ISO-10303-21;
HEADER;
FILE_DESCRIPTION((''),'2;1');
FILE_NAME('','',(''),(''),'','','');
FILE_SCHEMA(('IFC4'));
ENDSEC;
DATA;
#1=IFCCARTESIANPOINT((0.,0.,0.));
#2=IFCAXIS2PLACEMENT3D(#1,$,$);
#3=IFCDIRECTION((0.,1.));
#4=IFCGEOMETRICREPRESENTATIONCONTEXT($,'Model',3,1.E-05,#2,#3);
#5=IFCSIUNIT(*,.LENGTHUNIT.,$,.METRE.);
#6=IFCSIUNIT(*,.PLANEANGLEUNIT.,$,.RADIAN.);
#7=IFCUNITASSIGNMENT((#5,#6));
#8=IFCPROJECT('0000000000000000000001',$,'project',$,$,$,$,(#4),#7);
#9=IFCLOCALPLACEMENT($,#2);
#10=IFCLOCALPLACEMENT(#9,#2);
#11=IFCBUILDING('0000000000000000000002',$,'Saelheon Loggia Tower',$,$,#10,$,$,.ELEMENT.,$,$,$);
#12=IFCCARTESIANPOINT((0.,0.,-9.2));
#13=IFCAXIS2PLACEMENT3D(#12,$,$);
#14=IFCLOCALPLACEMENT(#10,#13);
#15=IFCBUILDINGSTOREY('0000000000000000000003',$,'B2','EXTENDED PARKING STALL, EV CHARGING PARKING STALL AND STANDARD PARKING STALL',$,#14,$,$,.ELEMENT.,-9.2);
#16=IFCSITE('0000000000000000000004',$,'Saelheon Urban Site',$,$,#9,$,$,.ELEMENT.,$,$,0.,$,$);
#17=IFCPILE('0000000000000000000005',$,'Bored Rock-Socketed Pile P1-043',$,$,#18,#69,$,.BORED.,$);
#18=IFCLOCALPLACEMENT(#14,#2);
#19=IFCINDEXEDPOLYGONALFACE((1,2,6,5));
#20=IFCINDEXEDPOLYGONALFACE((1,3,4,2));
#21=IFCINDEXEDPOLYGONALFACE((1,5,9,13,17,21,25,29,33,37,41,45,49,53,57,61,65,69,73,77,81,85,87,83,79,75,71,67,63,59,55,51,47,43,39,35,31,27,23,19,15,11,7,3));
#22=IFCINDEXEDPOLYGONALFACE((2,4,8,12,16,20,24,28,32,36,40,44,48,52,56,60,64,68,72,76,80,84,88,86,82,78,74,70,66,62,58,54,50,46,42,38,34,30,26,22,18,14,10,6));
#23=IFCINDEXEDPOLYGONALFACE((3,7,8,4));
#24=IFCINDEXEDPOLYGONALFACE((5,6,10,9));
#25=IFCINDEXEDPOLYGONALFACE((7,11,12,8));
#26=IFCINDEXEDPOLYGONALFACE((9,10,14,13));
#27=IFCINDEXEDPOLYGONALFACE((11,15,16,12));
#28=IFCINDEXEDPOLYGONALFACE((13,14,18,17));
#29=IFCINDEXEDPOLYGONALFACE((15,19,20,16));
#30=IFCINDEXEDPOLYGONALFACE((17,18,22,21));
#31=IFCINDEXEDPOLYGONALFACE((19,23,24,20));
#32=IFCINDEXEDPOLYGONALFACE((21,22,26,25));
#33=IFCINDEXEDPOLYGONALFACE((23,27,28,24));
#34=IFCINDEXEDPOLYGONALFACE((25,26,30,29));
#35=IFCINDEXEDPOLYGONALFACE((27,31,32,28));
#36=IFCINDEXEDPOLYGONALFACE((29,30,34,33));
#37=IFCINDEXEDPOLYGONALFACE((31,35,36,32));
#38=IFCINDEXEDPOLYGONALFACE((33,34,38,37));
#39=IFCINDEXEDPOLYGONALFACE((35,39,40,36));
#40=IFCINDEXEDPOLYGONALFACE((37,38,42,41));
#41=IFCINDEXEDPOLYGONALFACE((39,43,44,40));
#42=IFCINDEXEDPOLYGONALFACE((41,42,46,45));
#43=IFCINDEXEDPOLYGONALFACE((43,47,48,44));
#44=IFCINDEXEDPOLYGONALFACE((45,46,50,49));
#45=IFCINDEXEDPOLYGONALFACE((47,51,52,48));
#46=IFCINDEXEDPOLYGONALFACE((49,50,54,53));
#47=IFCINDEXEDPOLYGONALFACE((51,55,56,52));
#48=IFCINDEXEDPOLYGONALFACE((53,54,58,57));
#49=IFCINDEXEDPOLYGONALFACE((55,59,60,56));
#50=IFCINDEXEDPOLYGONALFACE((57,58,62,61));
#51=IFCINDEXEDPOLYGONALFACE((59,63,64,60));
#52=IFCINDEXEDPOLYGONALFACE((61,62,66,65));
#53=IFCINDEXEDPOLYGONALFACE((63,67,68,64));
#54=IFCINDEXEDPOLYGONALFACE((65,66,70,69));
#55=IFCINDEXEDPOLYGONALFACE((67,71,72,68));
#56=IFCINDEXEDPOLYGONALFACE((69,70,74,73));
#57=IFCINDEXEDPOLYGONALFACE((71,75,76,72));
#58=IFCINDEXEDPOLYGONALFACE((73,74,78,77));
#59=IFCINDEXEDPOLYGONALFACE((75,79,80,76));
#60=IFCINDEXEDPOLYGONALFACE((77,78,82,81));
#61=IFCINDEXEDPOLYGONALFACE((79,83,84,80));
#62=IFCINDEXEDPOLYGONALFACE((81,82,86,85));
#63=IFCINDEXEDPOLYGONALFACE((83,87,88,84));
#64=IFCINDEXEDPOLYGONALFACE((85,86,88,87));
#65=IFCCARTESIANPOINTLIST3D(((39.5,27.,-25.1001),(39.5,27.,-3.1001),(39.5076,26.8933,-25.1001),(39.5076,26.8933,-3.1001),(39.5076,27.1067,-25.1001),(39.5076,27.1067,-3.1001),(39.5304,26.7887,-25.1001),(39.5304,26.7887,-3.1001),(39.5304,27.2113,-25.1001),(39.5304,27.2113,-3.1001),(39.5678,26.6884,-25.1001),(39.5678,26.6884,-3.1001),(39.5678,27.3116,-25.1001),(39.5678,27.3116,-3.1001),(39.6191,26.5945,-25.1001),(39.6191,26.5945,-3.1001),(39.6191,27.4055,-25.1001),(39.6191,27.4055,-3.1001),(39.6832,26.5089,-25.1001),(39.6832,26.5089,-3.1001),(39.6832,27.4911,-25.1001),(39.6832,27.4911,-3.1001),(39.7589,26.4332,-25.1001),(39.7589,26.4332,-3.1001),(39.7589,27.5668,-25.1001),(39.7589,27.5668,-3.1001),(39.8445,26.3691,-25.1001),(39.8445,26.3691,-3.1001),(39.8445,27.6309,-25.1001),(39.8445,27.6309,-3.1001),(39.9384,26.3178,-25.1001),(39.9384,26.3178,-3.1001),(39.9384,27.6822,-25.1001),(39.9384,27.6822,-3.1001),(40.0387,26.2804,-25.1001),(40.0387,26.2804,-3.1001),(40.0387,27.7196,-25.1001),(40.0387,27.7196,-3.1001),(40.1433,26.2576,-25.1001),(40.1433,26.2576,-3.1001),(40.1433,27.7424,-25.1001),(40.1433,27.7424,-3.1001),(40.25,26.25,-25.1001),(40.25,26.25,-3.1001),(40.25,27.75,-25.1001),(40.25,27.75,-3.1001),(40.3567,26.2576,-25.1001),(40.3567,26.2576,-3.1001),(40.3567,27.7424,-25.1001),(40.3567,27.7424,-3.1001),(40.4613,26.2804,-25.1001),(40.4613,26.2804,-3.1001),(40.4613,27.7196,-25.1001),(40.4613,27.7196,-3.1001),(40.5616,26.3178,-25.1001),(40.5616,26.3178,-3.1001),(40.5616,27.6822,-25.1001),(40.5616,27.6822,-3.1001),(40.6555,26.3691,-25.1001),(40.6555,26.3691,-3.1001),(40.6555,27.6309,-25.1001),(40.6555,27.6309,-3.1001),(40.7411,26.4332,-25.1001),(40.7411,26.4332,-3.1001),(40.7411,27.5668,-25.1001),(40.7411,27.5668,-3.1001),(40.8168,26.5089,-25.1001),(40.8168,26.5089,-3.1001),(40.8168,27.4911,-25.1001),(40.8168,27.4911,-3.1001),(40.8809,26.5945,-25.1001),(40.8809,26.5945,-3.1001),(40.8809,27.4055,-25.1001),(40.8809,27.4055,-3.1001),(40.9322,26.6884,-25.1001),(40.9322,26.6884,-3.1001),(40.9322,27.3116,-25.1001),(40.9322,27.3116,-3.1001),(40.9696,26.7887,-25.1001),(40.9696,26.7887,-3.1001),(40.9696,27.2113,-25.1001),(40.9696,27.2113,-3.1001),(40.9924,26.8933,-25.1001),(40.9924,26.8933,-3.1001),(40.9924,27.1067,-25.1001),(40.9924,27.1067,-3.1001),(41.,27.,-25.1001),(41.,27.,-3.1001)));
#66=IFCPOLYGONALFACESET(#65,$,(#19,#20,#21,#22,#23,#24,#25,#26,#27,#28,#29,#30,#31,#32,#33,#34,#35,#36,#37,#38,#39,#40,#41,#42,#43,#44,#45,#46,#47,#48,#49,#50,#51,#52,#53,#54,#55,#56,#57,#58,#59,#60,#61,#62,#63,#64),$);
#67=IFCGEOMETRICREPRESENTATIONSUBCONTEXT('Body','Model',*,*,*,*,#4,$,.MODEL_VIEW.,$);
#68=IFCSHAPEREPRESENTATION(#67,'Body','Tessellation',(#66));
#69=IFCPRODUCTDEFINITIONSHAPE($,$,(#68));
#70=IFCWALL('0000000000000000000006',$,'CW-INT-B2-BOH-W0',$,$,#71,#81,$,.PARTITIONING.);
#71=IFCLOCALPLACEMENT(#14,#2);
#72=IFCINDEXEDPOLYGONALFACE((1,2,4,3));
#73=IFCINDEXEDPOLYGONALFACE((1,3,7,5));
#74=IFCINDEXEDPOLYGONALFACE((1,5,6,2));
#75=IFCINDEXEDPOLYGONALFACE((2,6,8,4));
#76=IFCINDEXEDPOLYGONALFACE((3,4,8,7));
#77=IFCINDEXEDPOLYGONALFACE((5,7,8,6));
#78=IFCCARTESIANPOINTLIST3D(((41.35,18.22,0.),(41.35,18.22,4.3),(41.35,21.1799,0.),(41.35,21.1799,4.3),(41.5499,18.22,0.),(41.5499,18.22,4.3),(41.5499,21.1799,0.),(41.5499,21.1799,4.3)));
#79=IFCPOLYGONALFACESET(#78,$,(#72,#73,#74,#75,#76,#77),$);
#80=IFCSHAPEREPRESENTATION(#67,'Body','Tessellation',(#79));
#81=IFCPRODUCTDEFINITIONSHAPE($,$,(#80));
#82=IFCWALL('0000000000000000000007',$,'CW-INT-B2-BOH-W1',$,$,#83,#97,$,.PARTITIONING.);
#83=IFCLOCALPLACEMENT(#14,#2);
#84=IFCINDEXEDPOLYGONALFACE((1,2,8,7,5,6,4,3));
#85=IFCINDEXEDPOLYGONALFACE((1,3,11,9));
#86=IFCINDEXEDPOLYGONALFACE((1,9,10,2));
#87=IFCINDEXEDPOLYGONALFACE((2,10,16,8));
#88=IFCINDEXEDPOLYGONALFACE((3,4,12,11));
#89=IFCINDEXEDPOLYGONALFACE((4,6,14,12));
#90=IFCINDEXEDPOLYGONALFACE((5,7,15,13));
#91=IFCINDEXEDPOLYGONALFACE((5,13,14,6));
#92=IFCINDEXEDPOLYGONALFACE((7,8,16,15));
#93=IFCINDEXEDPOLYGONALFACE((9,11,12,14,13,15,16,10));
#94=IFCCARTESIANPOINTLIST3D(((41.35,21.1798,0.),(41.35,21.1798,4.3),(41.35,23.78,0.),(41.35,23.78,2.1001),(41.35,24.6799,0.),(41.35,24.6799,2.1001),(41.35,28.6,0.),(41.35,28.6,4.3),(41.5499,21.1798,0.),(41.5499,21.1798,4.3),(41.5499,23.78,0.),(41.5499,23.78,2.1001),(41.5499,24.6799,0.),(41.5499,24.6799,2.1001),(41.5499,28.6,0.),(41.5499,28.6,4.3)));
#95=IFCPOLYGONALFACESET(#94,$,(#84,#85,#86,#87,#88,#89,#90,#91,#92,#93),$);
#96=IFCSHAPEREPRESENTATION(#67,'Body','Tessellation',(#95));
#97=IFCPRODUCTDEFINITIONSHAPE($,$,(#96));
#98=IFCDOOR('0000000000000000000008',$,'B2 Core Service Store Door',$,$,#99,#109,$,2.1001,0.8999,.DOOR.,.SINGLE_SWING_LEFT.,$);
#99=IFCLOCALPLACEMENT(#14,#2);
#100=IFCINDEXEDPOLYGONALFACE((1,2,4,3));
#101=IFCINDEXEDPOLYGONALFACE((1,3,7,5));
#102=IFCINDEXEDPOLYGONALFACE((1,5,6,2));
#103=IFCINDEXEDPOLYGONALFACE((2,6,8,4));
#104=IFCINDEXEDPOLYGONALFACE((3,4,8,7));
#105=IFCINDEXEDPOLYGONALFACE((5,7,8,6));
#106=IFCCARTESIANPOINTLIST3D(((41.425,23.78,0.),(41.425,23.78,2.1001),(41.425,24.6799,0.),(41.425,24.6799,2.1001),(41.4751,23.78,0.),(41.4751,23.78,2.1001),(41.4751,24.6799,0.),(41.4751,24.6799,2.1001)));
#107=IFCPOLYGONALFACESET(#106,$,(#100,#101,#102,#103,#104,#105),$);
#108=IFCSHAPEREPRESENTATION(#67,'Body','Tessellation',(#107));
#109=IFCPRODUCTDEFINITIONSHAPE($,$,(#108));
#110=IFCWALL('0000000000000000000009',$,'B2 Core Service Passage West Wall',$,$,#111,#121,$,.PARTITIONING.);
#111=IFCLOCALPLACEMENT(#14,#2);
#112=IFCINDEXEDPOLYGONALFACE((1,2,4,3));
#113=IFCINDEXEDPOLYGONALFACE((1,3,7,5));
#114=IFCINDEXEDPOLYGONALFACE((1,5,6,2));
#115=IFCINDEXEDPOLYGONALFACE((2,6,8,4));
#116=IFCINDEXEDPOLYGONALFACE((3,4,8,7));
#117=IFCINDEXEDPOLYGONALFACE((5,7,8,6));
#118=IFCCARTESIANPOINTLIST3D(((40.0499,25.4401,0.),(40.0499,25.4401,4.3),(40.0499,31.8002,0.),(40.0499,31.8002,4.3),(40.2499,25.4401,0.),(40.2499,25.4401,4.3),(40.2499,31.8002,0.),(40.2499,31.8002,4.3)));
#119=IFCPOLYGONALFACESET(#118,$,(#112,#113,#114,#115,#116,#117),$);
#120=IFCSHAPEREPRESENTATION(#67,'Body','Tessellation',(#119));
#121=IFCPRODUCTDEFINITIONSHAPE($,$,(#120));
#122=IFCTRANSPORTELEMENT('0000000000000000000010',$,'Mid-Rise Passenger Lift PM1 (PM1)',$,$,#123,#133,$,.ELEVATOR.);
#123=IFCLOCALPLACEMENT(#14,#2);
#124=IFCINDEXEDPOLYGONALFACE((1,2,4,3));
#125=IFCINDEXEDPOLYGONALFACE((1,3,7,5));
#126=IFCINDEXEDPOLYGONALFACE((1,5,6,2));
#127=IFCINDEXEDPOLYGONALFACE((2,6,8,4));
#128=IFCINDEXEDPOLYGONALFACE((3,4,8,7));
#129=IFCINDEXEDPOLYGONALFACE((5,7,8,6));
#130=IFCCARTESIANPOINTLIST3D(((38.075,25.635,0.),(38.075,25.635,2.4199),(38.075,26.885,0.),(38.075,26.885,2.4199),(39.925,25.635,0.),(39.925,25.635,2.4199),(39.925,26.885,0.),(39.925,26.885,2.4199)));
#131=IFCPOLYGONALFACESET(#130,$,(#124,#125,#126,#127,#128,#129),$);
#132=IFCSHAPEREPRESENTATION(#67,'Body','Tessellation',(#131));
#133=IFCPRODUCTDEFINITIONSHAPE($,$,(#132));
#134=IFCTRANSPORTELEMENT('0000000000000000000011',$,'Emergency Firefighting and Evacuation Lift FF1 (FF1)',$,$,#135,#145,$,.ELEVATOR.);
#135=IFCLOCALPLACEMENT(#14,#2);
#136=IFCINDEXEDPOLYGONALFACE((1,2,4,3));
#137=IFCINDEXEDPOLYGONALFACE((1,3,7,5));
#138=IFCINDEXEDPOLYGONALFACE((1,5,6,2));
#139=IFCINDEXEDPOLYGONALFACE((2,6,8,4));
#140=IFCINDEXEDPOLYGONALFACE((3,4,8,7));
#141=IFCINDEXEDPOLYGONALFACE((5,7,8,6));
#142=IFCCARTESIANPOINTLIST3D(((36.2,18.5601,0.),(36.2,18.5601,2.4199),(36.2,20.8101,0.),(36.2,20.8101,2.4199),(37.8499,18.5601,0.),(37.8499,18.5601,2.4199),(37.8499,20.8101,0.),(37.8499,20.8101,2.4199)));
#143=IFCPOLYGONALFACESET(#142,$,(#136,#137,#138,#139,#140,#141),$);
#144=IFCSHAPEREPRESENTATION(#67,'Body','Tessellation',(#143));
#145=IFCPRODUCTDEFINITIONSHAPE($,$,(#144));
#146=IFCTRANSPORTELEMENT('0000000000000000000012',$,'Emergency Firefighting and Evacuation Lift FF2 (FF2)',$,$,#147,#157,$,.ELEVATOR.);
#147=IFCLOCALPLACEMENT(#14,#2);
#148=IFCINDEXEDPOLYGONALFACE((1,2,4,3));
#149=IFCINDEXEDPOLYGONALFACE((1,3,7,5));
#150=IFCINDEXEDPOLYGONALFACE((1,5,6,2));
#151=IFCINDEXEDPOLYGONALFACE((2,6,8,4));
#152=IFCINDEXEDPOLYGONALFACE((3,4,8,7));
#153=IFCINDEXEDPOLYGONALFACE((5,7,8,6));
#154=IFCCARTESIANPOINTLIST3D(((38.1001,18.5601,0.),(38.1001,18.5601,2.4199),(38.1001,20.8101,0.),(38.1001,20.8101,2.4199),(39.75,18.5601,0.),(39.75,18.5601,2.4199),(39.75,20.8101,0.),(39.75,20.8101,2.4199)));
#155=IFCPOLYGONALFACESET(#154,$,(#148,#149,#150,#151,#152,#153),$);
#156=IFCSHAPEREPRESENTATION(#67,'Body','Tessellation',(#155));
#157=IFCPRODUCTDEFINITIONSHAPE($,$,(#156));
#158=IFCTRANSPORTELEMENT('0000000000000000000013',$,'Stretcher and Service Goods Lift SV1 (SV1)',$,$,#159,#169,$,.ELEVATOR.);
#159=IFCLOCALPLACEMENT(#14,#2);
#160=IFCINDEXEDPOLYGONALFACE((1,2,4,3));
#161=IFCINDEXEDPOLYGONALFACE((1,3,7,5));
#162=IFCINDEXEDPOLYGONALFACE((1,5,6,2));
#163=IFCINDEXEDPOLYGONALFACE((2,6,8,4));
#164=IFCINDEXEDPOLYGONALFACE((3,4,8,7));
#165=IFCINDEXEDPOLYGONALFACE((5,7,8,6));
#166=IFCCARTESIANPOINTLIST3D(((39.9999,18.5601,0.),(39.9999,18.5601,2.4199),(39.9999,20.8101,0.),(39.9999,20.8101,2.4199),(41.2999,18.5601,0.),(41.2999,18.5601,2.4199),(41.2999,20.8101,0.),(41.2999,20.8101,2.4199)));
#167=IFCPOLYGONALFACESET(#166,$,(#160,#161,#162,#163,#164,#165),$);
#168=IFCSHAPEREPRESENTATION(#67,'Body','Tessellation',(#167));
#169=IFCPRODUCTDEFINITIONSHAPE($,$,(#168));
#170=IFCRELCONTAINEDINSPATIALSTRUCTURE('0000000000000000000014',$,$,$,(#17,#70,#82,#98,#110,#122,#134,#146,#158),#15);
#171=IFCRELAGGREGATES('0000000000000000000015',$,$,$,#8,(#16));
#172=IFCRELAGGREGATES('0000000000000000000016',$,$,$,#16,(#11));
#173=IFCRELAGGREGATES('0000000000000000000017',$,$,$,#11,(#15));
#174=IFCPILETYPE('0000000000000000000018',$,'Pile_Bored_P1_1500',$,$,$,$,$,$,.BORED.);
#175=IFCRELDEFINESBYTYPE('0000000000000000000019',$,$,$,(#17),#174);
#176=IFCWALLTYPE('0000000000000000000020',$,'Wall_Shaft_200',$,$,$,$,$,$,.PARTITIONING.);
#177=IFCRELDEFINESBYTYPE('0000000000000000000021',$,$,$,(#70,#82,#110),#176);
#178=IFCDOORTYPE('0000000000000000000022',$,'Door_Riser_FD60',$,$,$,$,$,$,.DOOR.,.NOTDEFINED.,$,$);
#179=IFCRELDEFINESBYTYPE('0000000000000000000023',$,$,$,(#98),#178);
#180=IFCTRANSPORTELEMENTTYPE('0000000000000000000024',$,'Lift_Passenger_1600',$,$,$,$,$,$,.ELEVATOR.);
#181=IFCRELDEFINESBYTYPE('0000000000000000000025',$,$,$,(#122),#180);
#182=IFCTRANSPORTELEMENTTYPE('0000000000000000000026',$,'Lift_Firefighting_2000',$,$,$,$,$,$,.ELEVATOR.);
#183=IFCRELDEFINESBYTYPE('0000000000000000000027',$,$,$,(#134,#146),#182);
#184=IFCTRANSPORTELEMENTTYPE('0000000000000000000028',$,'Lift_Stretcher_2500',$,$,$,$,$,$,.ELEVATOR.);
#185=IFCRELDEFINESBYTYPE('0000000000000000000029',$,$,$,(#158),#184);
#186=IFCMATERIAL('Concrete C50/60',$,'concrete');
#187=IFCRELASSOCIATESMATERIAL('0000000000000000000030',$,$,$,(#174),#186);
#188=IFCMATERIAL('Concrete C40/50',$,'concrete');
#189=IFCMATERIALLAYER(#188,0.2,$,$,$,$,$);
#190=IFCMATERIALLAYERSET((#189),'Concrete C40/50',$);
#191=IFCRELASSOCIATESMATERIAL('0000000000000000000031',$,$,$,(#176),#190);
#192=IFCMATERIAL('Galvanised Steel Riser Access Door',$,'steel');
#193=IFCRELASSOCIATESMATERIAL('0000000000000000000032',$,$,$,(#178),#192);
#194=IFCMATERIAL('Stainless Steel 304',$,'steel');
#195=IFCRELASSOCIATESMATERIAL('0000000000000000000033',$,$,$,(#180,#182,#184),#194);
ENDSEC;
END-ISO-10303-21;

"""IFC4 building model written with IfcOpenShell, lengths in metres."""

from ifc_helpers import new_model, si_unit, direction, frame, frame_2d, origin, origin_2d, place, context, subcontext, project, spatial, rectangle, circle, extrude, source, transform, mapped, material, layer, layer_set, material_profile, profile_set, type_object, element, fill, save


model = new_model("IFC4")

# Units and contexts
model_context = context("Model", 3, precision=1e-05, world=origin(), true_north=direction((0.0, 1.0)))
body_context = subcontext(model_context, "Body", "Model", "MODEL_VIEW")
ifc_project = project(units=[si_unit("LENGTHUNIT", "METRE"), si_unit("PLANEANGLEUNIT", "RADIAN")], contexts=[model_context])

# Site, building, storey
site_placement = place(None, origin())
site = spatial("IfcSite", under=ifc_project, at=site_placement, Name="Saelheon Urban Site", CompositionType="ELEMENT", RefElevation=0.0)
building_placement = place(site_placement, origin())
building = spatial("IfcBuilding", under=site, at=building_placement, Name="Saelheon Loggia Tower", CompositionType="ELEMENT")
storey_placement = place(building_placement, frame((0.0, 0.0, -9.2)))
storey = spatial("IfcBuildingStorey", under=building, at=storey_placement, Name="B2", Description="EXTENDED PARKING STALL, EV CHARGING PARKING STALL AND STANDARD PARKING STALL", CompositionType="ELEMENT", Elevation=-9.2)

# Shared definitions
ifc_material_1 = material(Name="Concrete C50/60", Category="concrete")

# Pile
ifc_material_profile = material_profile(ifc_material_1, circle(Radius=0.75, at=origin_2d()), Name="CIRC-1500")
ifc_profile_set = profile_set([ifc_material_profile], Name="Concrete C50/60")
pile_type = type_object("IfcPileType", Name="Pile_Bored_P1_1500", PredefinedType="BORED", material=ifc_profile_set)
shared_shape_1 = source(origin(), body_context, "Body", "SweptSolid", [
    extrude(circle(Radius=0.75, at=origin_2d()), origin(), (0.0, 0.0, 1.0), 22.0),
])
for number, where, z_axis, x_axis, name in (
    (1, (40.25, 27.0, -3.1001), (0.0, 0.0, -1.0), (1.0, 0.0, 0.0), "Bored Rock-Socketed Pile P1-043"),
):
    element("IfcPile", number, at=place(storey_placement, frame(where, z_axis=z_axis, x_axis=x_axis)), inside=storey, type_object=pile_type, Name=name, PredefinedType="BORED", context=body_context, shape_type="MappedRepresentation", body=[
        mapped(shared_shape_1, transform((0.0, 0.0, 0.0), scale=1.0)),
    ])

# Wall
ifc_material_2 = material(Name="Concrete C40/50", Category="concrete")
ifc_layer = layer(ifc_material_2, 0.2)
ifc_layer_set = layer_set([ifc_layer], Name="Concrete C40/50")
wall_type = type_object("IfcWallType", Name="Wall_Shaft_200", PredefinedType="PARTITIONING", material=ifc_layer_set)
wall_1_placement = place(storey_placement, frame((41.45, 18.22, 0.0), z_axis=(0.0, 0.0, 1.0), x_axis=(0.0, 1.0, 0.0)))
element("IfcWall", 2, at=wall_1_placement, inside=storey, type_object=wall_type, Name="CW-INT-B2-BOH-W0", PredefinedType="PARTITIONING", context=body_context, shape_type="SweptSolid", body=[
    extrude(rectangle(XDim=2.96, YDim=0.2, at=frame_2d((1.48, 0.0))), origin(), (0.0, 0.0, 1.0), 4.3),
])

# Wall, opening, door
wall_2_placement = place(storey_placement, frame((41.45, 21.1799, 0.0), z_axis=(0.0, 0.0, 1.0), x_axis=(0.0, 1.0, 0.0)))
wall_2 = element("IfcWall", 3, at=wall_2_placement, inside=storey, type_object=wall_type, Name="CW-INT-B2-BOH-W1", PredefinedType="PARTITIONING", context=body_context, shape_type="SweptSolid", body=[
    extrude(rectangle(XDim=7.4202, YDim=0.2, at=frame_2d((3.71, 0.0))), origin(), (0.0, 0.0, 1.0), 4.3),
])
opening_1_placement = place(wall_2_placement, frame((2.6001, 0.0, 0.0)))
opening_1 = element("IfcOpeningElement", 4, at=opening_1_placement, cuts=wall_2, PredefinedType="OPENING", context=body_context, shape_type="SweptSolid", body=[
    extrude(rectangle(XDim=0.8999, YDim=2.1001, at=frame_2d((0.45, 1.05))), frame((0.0, 0.1121, 0.0), z_axis=(0.0, -1.0, 0.0), x_axis=(1.0, 0.0, 0.0)), (0.0, 0.0, 1.0), 0.2239),
])
ifc_material_3 = material(Name="Galvanised Steel Riser Access Door", Category="steel")
door_type_1 = type_object("IfcDoorType", Name="Door_Riser_FD60", OperationType="NOTDEFINED", PredefinedType="DOOR", material=ifc_material_3)
shared_shape_2 = source(origin(), body_context, "Body", "SweptSolid", [
    extrude(rectangle(XDim=0.8999, YDim=2.1001, at=frame_2d((0.45, 1.05))), frame((0.0, 0.0249, 0.0), z_axis=(0.0, -1.0, 0.0), x_axis=(1.0, 0.0, 0.0)), (0.0, 0.0, 1.0), 0.05),
])
door_1_placement = place(opening_1_placement, origin())
door_1 = element("IfcDoor", 5, at=door_1_placement, inside=storey, type_object=door_type_1, Name="B2 Core Service Store Door", OperationType="SINGLE_SWING_LEFT", OverallHeight=2.1001, OverallWidth=0.8999, PredefinedType="DOOR", context=body_context, shape_type="MappedRepresentation", body=[
    mapped(shared_shape_2, transform((0.0, 0.0, 0.0), scale=1.0)),
])
fill(opening_1, door_1)

# Wall
wall_3_placement = place(storey_placement, frame((40.1499, 25.4399, 0.0), z_axis=(0.0, 0.0, 1.0), x_axis=(0.0, 1.0, 0.0)))
element("IfcWall", 6, at=wall_3_placement, inside=storey, type_object=wall_type, Name="B2 Core Service Passage West Wall", PredefinedType="PARTITIONING", context=body_context, shape_type="SweptSolid", body=[
    extrude(rectangle(XDim=6.3601, YDim=0.2, at=frame_2d((3.1802, 0.0))), origin(), (0.0, 0.0, 1.0), 4.3),
])

# Transport elements
ifc_material_4 = material(Name="Stainless Steel 304", Category="steel")
transport_element_type_1 = type_object("IfcTransportElementType", Name="Lift_Passenger_1600", PredefinedType="ELEVATOR", material=ifc_material_4)
shared_shape_3 = source(origin(), body_context, "Body", "SweptSolid", [
    extrude(rectangle(XDim=1.8501, YDim=1.25, at=origin_2d()), origin(), (0.0, 0.0, 1.0), 2.4199),
])
transport_element_1_placement = place(storey_placement, frame((39.0, 26.26, 0.0), z_axis=(0.0, 0.0, 1.0), x_axis=(1.0, 0.0, 0.0)))
element("IfcTransportElement", 7, at=transport_element_1_placement, inside=storey, type_object=transport_element_type_1, Name="Mid-Rise Passenger Lift PM1 (PM1)", PredefinedType="ELEVATOR", context=body_context, shape_type="MappedRepresentation", body=[
    mapped(shared_shape_3, transform((0.0, 0.0, 0.0), scale=1.0)),
])
transport_element_type_2 = type_object("IfcTransportElementType", Name="Lift_Firefighting_2000", PredefinedType="ELEVATOR", material=ifc_material_4)
shared_shape_4 = source(origin(), body_context, "Body", "SweptSolid", [
    extrude(rectangle(XDim=1.6499, YDim=2.25, at=origin_2d()), origin(), (0.0, 0.0, 1.0), 2.4199),
])
for number, where, z_axis, x_axis, name in (
    (8, (37.0249, 19.6851, 0.0), (0.0, 0.0, 1.0), (1.0, 0.0, 0.0), "Emergency Firefighting and Evacuation Lift FF1 (FF1)"),
    (9, (38.925, 19.6851, 0.0), (0.0, 0.0, 1.0), (1.0, 0.0, 0.0), "Emergency Firefighting and Evacuation Lift FF2 (FF2)"),
):
    element("IfcTransportElement", number, at=place(storey_placement, frame(where, z_axis=z_axis, x_axis=x_axis)), inside=storey, type_object=transport_element_type_2, Name=name, PredefinedType="ELEVATOR", context=body_context, shape_type="MappedRepresentation", body=[
        mapped(shared_shape_4, transform((0.0, 0.0, 0.0), scale=1.0)),
    ])
transport_element_type_3 = type_object("IfcTransportElementType", Name="Lift_Stretcher_2500", PredefinedType="ELEVATOR", material=ifc_material_4)
shared_shape_5 = source(origin(), body_context, "Body", "SweptSolid", [
    extrude(rectangle(XDim=1.3, YDim=2.25, at=origin_2d()), origin(), (0.0, 0.0, 1.0), 2.4199),
])
transport_element_2_placement = place(storey_placement, frame((40.6499, 19.6851, 0.0), z_axis=(0.0, 0.0, 1.0), x_axis=(1.0, 0.0, 0.0)))
element("IfcTransportElement", 10, at=transport_element_2_placement, inside=storey, type_object=transport_element_type_3, Name="Stretcher and Service Goods Lift SV1 (SV1)", PredefinedType="ELEVATOR", context=body_context, shape_type="MappedRepresentation", body=[
    mapped(shared_shape_5, transform((0.0, 0.0, 0.0), scale=1.0)),
])

save(model, "model.ifc")
